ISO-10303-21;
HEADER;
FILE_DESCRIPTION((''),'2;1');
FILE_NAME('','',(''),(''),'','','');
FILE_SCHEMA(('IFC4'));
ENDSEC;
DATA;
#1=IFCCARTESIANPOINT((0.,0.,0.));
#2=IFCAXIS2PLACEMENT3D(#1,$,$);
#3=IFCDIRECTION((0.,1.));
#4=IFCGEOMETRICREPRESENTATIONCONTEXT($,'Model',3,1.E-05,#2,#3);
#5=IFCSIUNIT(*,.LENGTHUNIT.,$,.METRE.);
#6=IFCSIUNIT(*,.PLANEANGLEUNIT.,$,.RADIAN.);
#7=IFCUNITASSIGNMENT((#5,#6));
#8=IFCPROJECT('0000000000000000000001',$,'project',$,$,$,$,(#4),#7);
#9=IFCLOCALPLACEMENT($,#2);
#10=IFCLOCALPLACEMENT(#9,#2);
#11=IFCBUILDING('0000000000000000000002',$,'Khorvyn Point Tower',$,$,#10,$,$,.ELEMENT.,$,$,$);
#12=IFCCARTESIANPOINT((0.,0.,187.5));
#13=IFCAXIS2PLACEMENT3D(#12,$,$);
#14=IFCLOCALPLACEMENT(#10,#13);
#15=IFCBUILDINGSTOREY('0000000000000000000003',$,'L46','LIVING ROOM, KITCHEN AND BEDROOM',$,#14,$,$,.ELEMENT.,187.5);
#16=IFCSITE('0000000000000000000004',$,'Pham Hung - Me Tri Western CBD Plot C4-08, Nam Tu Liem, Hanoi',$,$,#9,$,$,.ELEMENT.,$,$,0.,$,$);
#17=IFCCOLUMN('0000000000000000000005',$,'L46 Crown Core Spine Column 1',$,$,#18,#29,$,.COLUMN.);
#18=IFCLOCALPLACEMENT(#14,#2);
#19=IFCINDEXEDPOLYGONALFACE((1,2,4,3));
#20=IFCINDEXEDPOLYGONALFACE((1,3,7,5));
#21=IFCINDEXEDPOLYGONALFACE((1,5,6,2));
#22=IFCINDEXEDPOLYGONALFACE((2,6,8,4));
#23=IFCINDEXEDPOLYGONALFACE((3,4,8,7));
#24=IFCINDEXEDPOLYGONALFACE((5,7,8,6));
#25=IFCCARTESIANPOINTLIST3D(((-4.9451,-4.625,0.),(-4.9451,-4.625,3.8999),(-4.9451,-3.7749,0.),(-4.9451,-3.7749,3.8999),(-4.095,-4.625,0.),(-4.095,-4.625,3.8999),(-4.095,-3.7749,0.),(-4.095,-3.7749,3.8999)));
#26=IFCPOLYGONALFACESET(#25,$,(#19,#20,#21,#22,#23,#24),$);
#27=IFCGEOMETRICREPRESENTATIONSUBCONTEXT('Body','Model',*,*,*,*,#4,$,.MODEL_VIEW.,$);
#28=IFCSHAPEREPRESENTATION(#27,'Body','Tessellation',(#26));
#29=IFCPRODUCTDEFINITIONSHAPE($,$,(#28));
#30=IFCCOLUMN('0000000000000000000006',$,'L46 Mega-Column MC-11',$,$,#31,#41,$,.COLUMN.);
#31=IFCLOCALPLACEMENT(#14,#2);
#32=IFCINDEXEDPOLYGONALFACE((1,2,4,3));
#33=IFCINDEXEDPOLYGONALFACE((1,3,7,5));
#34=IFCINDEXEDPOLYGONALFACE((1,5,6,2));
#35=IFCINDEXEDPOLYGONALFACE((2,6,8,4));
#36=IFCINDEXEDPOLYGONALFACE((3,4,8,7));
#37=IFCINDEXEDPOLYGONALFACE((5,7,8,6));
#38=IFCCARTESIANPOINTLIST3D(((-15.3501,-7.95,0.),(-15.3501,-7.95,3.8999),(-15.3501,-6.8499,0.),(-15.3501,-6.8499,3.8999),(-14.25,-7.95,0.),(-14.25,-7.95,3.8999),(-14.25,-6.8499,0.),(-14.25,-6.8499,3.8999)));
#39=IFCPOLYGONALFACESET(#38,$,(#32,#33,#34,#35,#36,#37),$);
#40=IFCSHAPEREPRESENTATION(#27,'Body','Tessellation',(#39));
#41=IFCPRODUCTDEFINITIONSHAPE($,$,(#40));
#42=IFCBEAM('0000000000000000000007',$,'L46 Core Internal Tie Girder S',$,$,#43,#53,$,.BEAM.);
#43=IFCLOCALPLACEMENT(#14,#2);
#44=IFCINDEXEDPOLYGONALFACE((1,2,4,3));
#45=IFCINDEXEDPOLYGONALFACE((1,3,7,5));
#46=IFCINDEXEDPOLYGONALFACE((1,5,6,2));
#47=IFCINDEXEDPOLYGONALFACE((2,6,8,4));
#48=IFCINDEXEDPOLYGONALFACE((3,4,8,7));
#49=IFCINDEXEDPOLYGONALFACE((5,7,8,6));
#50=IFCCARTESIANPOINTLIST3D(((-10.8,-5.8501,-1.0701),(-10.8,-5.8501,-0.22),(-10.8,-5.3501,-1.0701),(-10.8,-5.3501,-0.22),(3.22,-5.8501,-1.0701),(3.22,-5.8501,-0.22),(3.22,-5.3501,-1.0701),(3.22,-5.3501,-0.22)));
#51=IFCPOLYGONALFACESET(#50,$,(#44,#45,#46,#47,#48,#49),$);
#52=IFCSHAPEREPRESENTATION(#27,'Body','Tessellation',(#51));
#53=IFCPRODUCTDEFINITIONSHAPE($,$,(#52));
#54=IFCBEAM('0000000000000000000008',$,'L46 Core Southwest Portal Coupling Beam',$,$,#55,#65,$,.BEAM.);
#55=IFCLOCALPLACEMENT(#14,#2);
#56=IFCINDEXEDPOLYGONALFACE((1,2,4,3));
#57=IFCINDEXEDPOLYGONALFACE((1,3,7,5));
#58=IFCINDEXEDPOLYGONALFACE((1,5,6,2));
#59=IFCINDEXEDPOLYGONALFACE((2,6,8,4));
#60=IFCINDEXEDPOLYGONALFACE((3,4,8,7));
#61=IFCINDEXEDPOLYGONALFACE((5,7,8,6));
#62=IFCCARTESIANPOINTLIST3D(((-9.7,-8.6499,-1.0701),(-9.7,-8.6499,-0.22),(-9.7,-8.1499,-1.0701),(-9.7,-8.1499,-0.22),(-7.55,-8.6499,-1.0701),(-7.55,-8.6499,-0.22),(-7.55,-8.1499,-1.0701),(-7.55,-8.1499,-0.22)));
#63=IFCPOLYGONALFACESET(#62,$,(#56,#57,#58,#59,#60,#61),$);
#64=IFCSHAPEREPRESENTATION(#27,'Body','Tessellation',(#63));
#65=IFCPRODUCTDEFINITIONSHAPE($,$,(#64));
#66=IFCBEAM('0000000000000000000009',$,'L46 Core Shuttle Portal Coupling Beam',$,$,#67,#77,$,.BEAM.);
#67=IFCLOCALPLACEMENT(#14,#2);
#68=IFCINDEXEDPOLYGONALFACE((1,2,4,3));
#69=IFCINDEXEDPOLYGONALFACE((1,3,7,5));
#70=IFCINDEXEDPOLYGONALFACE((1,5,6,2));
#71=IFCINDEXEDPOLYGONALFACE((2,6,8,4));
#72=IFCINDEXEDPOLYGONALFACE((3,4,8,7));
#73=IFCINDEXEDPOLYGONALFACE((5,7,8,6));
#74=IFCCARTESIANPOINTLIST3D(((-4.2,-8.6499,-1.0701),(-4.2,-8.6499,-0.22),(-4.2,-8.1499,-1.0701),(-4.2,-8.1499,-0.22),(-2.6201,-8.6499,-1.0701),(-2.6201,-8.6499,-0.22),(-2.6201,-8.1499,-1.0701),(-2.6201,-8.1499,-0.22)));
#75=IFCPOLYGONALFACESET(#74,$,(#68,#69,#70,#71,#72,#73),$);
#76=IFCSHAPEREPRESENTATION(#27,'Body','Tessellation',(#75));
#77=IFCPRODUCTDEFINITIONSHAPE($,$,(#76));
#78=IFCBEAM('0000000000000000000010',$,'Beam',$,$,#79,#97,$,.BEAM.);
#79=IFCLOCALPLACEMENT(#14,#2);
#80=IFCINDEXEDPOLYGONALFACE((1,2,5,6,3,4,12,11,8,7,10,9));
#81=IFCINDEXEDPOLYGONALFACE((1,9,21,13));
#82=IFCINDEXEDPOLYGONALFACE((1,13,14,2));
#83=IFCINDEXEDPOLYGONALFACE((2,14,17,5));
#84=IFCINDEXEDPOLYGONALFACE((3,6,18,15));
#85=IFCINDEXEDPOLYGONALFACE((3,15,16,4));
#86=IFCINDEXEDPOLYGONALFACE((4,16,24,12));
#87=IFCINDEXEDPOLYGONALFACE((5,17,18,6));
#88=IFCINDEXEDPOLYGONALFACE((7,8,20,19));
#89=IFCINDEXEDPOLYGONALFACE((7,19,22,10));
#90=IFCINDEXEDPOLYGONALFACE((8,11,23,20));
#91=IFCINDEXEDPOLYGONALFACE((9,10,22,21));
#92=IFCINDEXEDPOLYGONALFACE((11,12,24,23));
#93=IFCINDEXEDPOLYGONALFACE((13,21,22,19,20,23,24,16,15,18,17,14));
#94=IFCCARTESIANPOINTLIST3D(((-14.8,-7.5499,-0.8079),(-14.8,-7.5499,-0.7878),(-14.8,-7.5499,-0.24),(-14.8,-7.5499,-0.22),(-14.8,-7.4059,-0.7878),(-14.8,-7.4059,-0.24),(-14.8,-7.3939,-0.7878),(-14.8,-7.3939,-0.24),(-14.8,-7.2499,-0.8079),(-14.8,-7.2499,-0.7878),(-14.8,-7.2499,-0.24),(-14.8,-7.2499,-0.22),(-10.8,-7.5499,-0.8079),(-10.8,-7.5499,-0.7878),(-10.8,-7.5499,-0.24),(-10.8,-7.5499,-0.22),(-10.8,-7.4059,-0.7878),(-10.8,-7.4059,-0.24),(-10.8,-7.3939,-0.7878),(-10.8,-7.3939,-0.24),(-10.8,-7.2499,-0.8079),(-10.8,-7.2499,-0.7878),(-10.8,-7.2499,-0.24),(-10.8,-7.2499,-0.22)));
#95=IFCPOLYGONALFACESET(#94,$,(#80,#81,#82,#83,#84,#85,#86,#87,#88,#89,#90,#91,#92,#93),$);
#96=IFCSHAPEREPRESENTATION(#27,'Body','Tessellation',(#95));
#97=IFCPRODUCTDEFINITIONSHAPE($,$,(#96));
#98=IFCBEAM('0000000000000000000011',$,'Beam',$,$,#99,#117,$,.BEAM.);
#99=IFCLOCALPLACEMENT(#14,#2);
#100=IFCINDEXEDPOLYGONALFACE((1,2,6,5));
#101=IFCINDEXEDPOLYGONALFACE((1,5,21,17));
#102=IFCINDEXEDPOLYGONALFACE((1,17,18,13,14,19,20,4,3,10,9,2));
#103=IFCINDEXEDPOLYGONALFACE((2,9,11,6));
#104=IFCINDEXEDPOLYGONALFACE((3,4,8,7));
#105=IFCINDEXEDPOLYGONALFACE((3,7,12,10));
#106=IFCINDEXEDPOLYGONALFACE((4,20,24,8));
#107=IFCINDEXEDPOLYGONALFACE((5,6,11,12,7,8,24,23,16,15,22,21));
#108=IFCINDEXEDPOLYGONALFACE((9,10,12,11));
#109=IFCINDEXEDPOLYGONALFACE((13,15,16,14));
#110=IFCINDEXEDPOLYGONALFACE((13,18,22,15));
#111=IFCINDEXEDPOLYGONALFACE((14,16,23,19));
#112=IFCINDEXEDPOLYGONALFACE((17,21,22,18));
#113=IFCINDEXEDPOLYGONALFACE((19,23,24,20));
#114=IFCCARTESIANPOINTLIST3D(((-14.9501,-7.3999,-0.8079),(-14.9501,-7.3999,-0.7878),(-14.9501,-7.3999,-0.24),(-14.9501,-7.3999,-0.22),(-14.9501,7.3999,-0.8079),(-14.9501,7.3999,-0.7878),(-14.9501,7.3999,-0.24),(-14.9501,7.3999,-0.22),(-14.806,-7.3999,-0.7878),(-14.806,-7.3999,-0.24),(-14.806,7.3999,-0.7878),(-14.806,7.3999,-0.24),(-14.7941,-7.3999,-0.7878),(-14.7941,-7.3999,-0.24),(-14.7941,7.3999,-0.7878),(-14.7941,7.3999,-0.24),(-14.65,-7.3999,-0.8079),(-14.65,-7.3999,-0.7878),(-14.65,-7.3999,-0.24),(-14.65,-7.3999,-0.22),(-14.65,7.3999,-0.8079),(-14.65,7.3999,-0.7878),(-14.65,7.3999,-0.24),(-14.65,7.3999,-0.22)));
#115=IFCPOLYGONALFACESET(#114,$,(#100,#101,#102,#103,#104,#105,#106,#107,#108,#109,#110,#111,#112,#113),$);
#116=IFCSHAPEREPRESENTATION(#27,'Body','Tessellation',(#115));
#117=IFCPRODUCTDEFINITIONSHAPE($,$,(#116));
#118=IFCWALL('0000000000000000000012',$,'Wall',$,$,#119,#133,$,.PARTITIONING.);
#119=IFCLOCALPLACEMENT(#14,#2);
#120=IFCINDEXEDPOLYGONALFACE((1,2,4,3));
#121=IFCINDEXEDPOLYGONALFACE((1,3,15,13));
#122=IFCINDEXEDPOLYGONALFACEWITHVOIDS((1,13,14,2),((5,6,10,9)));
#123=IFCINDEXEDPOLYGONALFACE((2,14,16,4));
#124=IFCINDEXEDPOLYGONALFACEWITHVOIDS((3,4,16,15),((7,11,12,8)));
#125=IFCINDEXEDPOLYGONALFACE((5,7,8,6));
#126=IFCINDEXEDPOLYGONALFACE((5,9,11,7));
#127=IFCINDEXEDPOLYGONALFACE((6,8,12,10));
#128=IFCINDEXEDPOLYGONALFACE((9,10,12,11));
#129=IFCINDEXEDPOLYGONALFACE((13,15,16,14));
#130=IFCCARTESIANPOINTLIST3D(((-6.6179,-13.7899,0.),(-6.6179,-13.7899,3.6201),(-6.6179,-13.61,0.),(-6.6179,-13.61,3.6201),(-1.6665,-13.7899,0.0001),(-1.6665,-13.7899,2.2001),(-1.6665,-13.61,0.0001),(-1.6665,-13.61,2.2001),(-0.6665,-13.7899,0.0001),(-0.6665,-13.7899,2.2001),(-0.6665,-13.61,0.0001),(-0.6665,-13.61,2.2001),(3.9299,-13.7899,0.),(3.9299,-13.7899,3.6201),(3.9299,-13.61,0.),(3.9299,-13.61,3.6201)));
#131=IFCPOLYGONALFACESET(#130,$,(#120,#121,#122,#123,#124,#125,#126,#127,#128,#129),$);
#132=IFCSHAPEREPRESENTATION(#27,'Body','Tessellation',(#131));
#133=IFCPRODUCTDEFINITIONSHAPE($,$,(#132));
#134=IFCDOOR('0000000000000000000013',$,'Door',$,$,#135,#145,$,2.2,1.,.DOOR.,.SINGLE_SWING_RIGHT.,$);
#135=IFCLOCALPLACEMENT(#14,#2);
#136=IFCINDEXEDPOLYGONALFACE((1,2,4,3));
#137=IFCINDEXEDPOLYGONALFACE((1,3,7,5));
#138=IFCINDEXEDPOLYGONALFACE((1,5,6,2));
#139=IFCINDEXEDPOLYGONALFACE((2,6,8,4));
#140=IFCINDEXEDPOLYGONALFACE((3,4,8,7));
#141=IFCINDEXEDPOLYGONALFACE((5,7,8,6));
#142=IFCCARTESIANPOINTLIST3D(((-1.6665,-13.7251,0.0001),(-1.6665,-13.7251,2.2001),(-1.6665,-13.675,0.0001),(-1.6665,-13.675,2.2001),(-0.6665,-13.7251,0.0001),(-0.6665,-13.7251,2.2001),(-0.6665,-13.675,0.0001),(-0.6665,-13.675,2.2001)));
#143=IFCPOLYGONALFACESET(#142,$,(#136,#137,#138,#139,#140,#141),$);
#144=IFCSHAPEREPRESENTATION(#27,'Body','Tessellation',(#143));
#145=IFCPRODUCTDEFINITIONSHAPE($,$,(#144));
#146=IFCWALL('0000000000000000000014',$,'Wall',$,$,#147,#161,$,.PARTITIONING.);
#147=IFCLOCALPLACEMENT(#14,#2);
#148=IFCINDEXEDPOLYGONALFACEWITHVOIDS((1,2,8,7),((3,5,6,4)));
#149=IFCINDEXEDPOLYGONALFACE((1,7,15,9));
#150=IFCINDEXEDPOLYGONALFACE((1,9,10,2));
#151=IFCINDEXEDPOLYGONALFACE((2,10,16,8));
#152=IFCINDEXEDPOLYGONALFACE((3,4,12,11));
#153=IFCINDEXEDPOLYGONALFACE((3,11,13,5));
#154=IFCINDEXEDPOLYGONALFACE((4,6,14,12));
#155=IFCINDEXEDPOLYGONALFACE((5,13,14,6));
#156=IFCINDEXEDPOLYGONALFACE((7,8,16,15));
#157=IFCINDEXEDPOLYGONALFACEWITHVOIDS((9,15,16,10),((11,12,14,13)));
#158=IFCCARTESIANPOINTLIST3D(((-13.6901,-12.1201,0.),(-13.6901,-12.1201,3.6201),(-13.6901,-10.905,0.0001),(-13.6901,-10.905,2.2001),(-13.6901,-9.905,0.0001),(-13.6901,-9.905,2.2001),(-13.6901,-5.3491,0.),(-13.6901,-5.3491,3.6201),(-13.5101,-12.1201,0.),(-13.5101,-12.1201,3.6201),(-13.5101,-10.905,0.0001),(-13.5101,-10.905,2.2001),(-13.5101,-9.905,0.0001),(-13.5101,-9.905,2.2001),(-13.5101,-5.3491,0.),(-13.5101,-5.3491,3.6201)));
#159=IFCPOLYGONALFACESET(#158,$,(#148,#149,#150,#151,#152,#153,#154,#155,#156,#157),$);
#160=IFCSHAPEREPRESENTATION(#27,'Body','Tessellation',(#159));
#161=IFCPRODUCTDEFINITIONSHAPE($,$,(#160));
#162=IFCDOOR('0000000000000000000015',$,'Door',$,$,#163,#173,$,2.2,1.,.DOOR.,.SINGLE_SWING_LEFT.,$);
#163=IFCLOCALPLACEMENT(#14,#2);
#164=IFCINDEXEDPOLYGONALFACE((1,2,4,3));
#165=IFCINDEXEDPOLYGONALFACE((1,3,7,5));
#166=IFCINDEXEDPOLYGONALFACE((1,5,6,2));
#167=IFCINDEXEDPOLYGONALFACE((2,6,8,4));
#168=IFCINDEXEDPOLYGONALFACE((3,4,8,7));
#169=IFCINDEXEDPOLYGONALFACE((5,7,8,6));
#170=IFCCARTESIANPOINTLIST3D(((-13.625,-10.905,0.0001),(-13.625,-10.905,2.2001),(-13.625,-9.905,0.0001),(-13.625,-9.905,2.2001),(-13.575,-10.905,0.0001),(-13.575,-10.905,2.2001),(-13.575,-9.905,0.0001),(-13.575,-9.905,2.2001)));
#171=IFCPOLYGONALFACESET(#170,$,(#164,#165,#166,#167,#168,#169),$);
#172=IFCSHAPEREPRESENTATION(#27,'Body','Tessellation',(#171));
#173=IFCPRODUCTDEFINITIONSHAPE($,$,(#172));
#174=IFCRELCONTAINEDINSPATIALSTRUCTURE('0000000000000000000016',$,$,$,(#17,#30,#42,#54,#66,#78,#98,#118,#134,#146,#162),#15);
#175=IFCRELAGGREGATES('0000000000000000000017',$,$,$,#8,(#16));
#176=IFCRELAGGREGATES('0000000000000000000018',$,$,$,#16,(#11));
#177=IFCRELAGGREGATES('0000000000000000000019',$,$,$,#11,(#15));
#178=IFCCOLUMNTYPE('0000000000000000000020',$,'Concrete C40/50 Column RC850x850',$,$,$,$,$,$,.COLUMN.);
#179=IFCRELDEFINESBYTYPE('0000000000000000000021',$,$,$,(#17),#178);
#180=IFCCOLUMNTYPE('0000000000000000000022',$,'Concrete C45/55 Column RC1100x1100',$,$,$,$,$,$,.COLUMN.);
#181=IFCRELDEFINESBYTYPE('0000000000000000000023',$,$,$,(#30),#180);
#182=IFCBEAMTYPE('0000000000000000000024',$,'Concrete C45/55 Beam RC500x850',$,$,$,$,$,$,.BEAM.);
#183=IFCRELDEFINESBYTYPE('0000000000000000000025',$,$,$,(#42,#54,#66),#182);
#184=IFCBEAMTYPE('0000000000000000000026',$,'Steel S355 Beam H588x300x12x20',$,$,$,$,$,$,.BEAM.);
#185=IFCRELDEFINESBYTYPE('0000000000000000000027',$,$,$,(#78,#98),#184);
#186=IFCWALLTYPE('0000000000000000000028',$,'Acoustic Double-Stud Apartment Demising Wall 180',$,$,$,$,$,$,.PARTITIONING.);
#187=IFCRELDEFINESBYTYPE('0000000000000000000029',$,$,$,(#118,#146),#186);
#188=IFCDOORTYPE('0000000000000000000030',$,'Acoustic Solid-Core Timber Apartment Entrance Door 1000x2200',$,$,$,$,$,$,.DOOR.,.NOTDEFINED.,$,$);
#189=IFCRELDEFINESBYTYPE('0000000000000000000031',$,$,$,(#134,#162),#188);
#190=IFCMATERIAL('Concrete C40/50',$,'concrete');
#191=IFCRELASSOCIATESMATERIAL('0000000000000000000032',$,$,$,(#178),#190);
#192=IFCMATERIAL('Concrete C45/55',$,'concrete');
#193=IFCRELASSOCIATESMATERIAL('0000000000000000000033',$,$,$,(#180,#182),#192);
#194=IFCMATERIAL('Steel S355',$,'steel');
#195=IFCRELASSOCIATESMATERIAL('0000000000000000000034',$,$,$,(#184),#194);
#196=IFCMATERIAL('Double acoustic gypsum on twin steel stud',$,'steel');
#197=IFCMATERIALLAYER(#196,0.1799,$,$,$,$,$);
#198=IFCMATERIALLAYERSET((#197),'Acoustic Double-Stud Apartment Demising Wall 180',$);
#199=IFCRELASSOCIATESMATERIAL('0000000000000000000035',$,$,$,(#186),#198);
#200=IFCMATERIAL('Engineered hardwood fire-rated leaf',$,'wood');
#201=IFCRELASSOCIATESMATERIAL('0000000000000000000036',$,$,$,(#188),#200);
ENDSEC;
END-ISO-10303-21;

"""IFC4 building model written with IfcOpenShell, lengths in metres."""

from ifc_helpers import new_model, si_unit, direction, frame, frame_2d, origin, origin_2d, place, context, subcontext, project, spatial, rectangle, i_section, extrude, material, layer, layer_set, material_profile, profile_set, type_object, element, fill, save


model = new_model("IFC4")

# Units and contexts
model_context = context("Model", 3, precision=1e-05, world=origin(), true_north=direction((0.0, 1.0)))
body_context = subcontext(model_context, "Body", "Model", "MODEL_VIEW")
ifc_project = project(units=[si_unit("LENGTHUNIT", "METRE"), si_unit("PLANEANGLEUNIT", "RADIAN")], contexts=[model_context])

# Site, building, storey
site_placement = place(None, origin())
site = spatial("IfcSite", under=ifc_project, at=site_placement, Name="Pham Hung - Me Tri Western CBD Plot C4-08, Nam Tu Liem, Hanoi", CompositionType="ELEMENT", RefElevation=0.0)
building_placement = place(site_placement, origin())
building = spatial("IfcBuilding", under=site, at=building_placement, Name="Khorvyn Point Tower", CompositionType="ELEMENT")
storey_placement = place(building_placement, frame((0.0, 0.0, 187.5)))
storey = spatial("IfcBuildingStorey", under=building, at=storey_placement, Name="L46", Description="LIVING ROOM, KITCHEN AND BEDROOM", CompositionType="ELEMENT", Elevation=187.5)

# Columns
ifc_material_1 = material(Name="Concrete C40/50", Category="concrete")
ifc_material_profile_1 = material_profile(ifc_material_1, rectangle(XDim=0.8501, YDim=0.8501, at=origin_2d()))
ifc_profile_set_1 = profile_set([ifc_material_profile_1], Name="Concrete C40/50 RC850x850")
column_type_1 = type_object("IfcColumnType", Name="Concrete C40/50 Column RC850x850", PredefinedType="COLUMN", material=ifc_profile_set_1)
column_1_placement = place(storey_placement, frame((-4.52, -4.2, 0.0), z_axis=(0.0, 0.0, 1.0), x_axis=(1.0, 0.0, 0.0)))
element("IfcColumn", 1, at=column_1_placement, inside=storey, type_object=column_type_1, Name="L46 Crown Core Spine Column 1", PredefinedType="COLUMN", context=body_context, shape_type="SweptSolid", body=[
    extrude(rectangle(XDim=0.8501, YDim=0.8501, at=origin_2d()), origin(), (0.0, 0.0, 1.0), 3.8999),
])
ifc_material_2 = material(Name="Concrete C45/55", Category="concrete")
ifc_material_profile_2 = material_profile(ifc_material_2, rectangle(XDim=1.1001, YDim=1.1001, at=origin_2d()))
ifc_profile_set_2 = profile_set([ifc_material_profile_2], Name="Concrete C45/55 RC1100x1100")
column_type_2 = type_object("IfcColumnType", Name="Concrete C45/55 Column RC1100x1100", PredefinedType="COLUMN", material=ifc_profile_set_2)
column_2_placement = place(storey_placement, frame((-14.8, -7.3999, 0.0), z_axis=(0.0, 0.0, 1.0), x_axis=(1.0, 0.0, 0.0)))
element("IfcColumn", 2, at=column_2_placement, inside=storey, type_object=column_type_2, Name="L46 Mega-Column MC-11", PredefinedType="COLUMN", context=body_context, shape_type="SweptSolid", body=[
    extrude(rectangle(XDim=1.1001, YDim=1.1001, at=origin_2d()), origin(), (0.0, 0.0, 1.0), 3.8999),
])

# Beams
ifc_material_profile_3 = material_profile(ifc_material_2, rectangle(XDim=0.5, YDim=0.8501, at=origin_2d()))
ifc_profile_set_3 = profile_set([ifc_material_profile_3], Name="Concrete C45/55 RC500x850")
beam_type_1 = type_object("IfcBeamType", Name="Concrete C45/55 Beam RC500x850", PredefinedType="BEAM", material=ifc_profile_set_3)
beam_1_placement = place(storey_placement, frame((-10.8, -5.6001, -0.645), z_axis=(1.0, 0.0, 0.0), x_axis=(0.0, 1.0, 0.0)))
element("IfcBeam", 3, at=beam_1_placement, inside=storey, type_object=beam_type_1, Name="L46 Core Internal Tie Girder S", PredefinedType="BEAM", context=body_context, shape_type="SweptSolid", body=[
    extrude(rectangle(XDim=0.5, YDim=0.8501, at=origin_2d()), origin(), (0.0, 0.0, 1.0), 14.02),
])
beam_2_placement = place(storey_placement, frame((-9.7, -8.3999, -0.645), z_axis=(1.0, 0.0, 0.0), x_axis=(0.0, 1.0, 0.0)))
element("IfcBeam", 4, at=beam_2_placement, inside=storey, type_object=beam_type_1, Name="L46 Core Southwest Portal Coupling Beam", PredefinedType="BEAM", context=body_context, shape_type="SweptSolid", body=[
    extrude(rectangle(XDim=0.5, YDim=0.8501, at=origin_2d()), origin(), (0.0, 0.0, 1.0), 2.1499),
])
beam_3_placement = place(storey_placement, frame((-4.2, -8.3999, -0.645), z_axis=(1.0, 0.0, 0.0), x_axis=(0.0, 1.0, 0.0)))
element("IfcBeam", 5, at=beam_3_placement, inside=storey, type_object=beam_type_1, Name="L46 Core Shuttle Portal Coupling Beam", PredefinedType="BEAM", context=body_context, shape_type="SweptSolid", body=[
    extrude(rectangle(XDim=0.5, YDim=0.8501, at=origin_2d()), origin(), (0.0, 0.0, 1.0), 1.5798),
])
ifc_material_3 = material(Name="Steel S355", Category="steel")
ifc_material_profile_4 = material_profile(ifc_material_3, i_section(OverallWidth=0.3, OverallDepth=0.5879, WebThickness=0.012, FlangeThickness=0.02, at=origin_2d()))
ifc_profile_set_4 = profile_set([ifc_material_profile_4], Name="Steel S355 H588x300x12x20")
beam_type_2 = type_object("IfcBeamType", Name="Steel S355 Beam H588x300x12x20", PredefinedType="BEAM", material=ifc_profile_set_4)
beam_4_placement = place(storey_placement, frame((-14.8, -7.3999, -0.5139), z_axis=(1.0, 0.0, 0.0), x_axis=(0.0, 1.0, 0.0)))
element("IfcBeam", 6, at=beam_4_placement, inside=storey, type_object=beam_type_2, Name="Beam", PredefinedType="BEAM", context=body_context, shape_type="SweptSolid", body=[
    extrude(i_section(OverallWidth=0.3, OverallDepth=0.5879, WebThickness=0.012, FlangeThickness=0.02, at=origin_2d()), origin(), (0.0, 0.0, 1.0), 4.0),
])
beam_5_placement = place(storey_placement, frame((-14.8, -7.3999, -0.5139), z_axis=(0.0, 1.0, 0.0), x_axis=(-1.0, 0.0, 0.0)))
element("IfcBeam", 7, at=beam_5_placement, inside=storey, type_object=beam_type_2, Name="Beam", PredefinedType="BEAM", context=body_context, shape_type="SweptSolid", body=[
    extrude(i_section(OverallWidth=0.3, OverallDepth=0.5879, WebThickness=0.012, FlangeThickness=0.02, at=origin_2d()), origin(), (0.0, 0.0, 1.0), 14.7998),
])

# Walls, openings, doors
ifc_material_4 = material(Name="Double acoustic gypsum on twin steel stud", Category="steel")
ifc_layer_1 = layer(ifc_material_4, 0.1799)
ifc_layer_set_1 = layer_set([ifc_layer_1], Name="Acoustic Double-Stud Apartment Demising Wall 180")
wall_type_1 = type_object("IfcWallType", Name="Acoustic Double-Stud Apartment Demising Wall 180", PredefinedType="PARTITIONING", material=ifc_layer_set_1)
wall_1_placement = place(storey_placement, frame((-6.6179, -13.7, 0.0), z_axis=(0.0, 0.0, 1.0), x_axis=(1.0, 0.0, 0.0)))
wall_1 = element("IfcWall", 8, at=wall_1_placement, inside=storey, type_object=wall_type_1, Name="Wall", PredefinedType="PARTITIONING", context=body_context, shape_type="SweptSolid", body=[
    extrude(rectangle(XDim=10.5479, YDim=0.1799, at=frame_2d((5.2739, 0.0))), origin(), (0.0, 0.0, 1.0), 3.6201),
])
opening_1_placement = place(wall_1_placement, frame((4.9514, 0.0, 0.0)))
opening_1 = element("IfcOpeningElement", 9, at=opening_1_placement, cuts=wall_1, PredefinedType="OPENING", context=body_context, shape_type="SweptSolid", body=[
    extrude(rectangle(XDim=1.0, YDim=2.2, at=frame_2d((0.5, 1.1001))), frame((0.0, 0.0999, 0.0), z_axis=(0.0, -1.0, 0.0), x_axis=(1.0, 0.0, 0.0)), (0.0, 0.0, 1.0), 0.2),
])
ifc_material_5 = material(Name="Engineered hardwood fire-rated leaf", Category="wood")
door_type_1 = type_object("IfcDoorType", Name="Acoustic Solid-Core Timber Apartment Entrance Door 1000x2200", OperationType="NOTDEFINED", PredefinedType="DOOR", material=ifc_material_5)
door_1_placement = place(opening_1_placement, origin())
door_1 = element("IfcDoor", 10, at=door_1_placement, inside=storey, type_object=door_type_1, Name="Door", OperationType="SINGLE_SWING_RIGHT", OverallHeight=2.2, OverallWidth=1.0, PredefinedType="DOOR", context=body_context, shape_type="SweptSolid", body=[
    extrude(rectangle(XDim=1.0, YDim=2.2, at=frame_2d((0.5, 1.1001))), frame((0.0, 0.0249, 0.0), z_axis=(0.0, -1.0, 0.0), x_axis=(1.0, 0.0, 0.0)), (0.0, 0.0, 1.0), 0.05),
])
fill(opening_1, door_1)
wall_2_placement = place(storey_placement, frame((-13.6001, -12.1201, 0.0), z_axis=(0.0, 0.0, 1.0), x_axis=(0.0, 1.0, 0.0)))
wall_2 = element("IfcWall", 11, at=wall_2_placement, inside=storey, type_object=wall_type_1, Name="Wall", PredefinedType="PARTITIONING", context=body_context, shape_type="SweptSolid", body=[
    extrude(rectangle(XDim=6.771, YDim=0.1799, at=frame_2d((3.3855, 0.0))), origin(), (0.0, 0.0, 1.0), 3.6201),
])
opening_2_placement = place(wall_2_placement, frame((1.2151, 0.0, 0.0)))
opening_2 = element("IfcOpeningElement", 12, at=opening_2_placement, cuts=wall_2, PredefinedType="OPENING", context=body_context, shape_type="SweptSolid", body=[
    extrude(rectangle(XDim=1.0, YDim=2.2, at=frame_2d((0.5, 1.1001))), frame((0.0, 0.0999, 0.0), z_axis=(0.0, -1.0, 0.0), x_axis=(1.0, 0.0, 0.0)), (0.0, 0.0, 1.0), 0.2),
])
door_2_placement = place(opening_2_placement, origin())
door_2 = element("IfcDoor", 13, at=door_2_placement, inside=storey, type_object=door_type_1, Name="Door", OperationType="SINGLE_SWING_LEFT", OverallHeight=2.2, OverallWidth=1.0, PredefinedType="DOOR", context=body_context, shape_type="SweptSolid", body=[
    extrude(rectangle(XDim=1.0, YDim=2.2, at=frame_2d((0.5, 1.1001))), frame((0.0, 0.0249, 0.0), z_axis=(0.0, -1.0, 0.0), x_axis=(1.0, 0.0, 0.0)), (0.0, 0.0, 1.0), 0.05),
])
fill(opening_2, door_2)

save(model, "model.ifc")
